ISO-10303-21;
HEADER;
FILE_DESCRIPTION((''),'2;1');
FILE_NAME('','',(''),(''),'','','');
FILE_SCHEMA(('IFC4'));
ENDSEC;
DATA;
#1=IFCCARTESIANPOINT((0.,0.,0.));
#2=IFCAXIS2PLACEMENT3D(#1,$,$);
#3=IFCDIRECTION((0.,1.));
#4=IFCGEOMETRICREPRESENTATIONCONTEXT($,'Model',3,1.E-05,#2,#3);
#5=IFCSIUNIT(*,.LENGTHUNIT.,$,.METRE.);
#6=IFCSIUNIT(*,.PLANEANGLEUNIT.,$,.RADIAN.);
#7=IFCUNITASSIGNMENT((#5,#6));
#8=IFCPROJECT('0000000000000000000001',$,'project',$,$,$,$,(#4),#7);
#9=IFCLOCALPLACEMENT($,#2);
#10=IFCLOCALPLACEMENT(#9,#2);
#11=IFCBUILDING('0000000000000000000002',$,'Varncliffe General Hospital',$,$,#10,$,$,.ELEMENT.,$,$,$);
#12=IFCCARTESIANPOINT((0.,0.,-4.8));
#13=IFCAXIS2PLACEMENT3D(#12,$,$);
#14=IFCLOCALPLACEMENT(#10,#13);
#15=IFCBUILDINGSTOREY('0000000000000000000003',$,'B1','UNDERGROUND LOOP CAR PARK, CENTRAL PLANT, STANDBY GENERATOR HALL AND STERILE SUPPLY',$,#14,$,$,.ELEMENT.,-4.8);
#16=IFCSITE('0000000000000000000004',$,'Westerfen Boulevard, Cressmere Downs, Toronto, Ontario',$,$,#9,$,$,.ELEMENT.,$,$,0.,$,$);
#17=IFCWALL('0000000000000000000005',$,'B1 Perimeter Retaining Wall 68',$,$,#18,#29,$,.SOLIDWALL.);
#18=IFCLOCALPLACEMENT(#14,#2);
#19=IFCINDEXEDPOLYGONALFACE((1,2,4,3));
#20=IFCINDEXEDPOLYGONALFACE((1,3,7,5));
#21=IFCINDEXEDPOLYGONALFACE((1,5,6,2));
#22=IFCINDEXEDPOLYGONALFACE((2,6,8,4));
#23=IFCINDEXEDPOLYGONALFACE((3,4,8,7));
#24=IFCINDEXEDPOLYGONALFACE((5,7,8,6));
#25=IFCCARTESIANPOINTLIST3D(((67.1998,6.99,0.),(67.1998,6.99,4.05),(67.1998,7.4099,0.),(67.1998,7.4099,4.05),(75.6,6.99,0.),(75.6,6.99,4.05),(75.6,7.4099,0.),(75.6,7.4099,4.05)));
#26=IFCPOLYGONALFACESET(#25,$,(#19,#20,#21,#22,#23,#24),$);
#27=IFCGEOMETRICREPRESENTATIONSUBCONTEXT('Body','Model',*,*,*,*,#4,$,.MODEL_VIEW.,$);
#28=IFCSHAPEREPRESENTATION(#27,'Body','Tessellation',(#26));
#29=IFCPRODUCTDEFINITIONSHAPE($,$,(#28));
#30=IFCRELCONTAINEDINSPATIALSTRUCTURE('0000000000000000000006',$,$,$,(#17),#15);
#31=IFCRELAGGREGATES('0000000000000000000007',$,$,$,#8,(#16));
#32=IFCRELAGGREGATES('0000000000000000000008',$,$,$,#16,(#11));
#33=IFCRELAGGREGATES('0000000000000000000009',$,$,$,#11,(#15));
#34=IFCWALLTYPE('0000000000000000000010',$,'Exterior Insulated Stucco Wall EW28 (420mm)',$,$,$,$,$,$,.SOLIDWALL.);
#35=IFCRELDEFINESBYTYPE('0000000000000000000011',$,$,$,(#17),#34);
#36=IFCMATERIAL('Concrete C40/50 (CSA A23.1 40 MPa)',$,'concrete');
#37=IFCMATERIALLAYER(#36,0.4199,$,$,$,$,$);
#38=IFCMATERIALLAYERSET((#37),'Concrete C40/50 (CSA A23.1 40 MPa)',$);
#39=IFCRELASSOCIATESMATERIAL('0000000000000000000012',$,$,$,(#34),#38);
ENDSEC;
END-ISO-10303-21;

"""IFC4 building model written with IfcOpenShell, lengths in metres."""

from ifc_helpers import new_model, si_unit, direction, frame, frame_2d, origin, place, context, subcontext, project, spatial, rectangle, extrude, material, layer, layer_set, type_object, element, save


model = new_model("IFC4")

# Units and contexts
model_context = context("Model", 3, precision=1e-05, world=origin(), true_north=direction((0.0, 1.0)))
body_context = subcontext(model_context, "Body", "Model", "MODEL_VIEW")
ifc_project = project(units=[si_unit("LENGTHUNIT", "METRE"), si_unit("PLANEANGLEUNIT", "RADIAN")], contexts=[model_context])

# Site, building, storey
site_placement = place(None, origin())
site = spatial("IfcSite", under=ifc_project, at=site_placement, Name="Westerfen Boulevard, Cressmere Downs, Toronto, Ontario", CompositionType="ELEMENT", RefElevation=0.0)
building_placement = place(site_placement, origin())
building = spatial("IfcBuilding", under=site, at=building_placement, Name="Varncliffe General Hospital", CompositionType="ELEMENT")
storey_placement = place(building_placement, frame((0.0, 0.0, -4.8)))
storey = spatial("IfcBuildingStorey", under=building, at=storey_placement, Name="B1", Description="UNDERGROUND LOOP CAR PARK, CENTRAL PLANT, STANDBY GENERATOR HALL AND STERILE SUPPLY", CompositionType="ELEMENT", Elevation=-4.8)

# Shared definitions
ifc_material_1 = material(Name="Concrete C40/50 (CSA A23.1 40 MPa)", Category="concrete")

# Wall
ifc_layer = layer(ifc_material_1, 0.4199)
ifc_layer_set = layer_set([ifc_layer], Name="Concrete C40/50 (CSA A23.1 40 MPa)")
wall_type = type_object("IfcWallType", Name="Exterior Insulated Stucco Wall EW28 (420mm)", PredefinedType="SOLIDWALL", material=ifc_layer_set)
wall_1_placement = place(storey_placement, frame((75.6001, 7.2, 0.0), z_axis=(0.0, 0.0, 1.0), x_axis=(-1.0, 0.0, 0.0)))
element("IfcWall", 1, at=wall_1_placement, inside=storey, type_object=wall_type, Name="B1 Perimeter Retaining Wall 68", PredefinedType="SOLIDWALL", context=body_context, shape_type="SweptSolid", body=[
    extrude(rectangle(XDim=8.4001, YDim=0.4199, at=frame_2d((4.2002, 0.0))), origin(), (0.0, 0.0, 1.0), 4.05),
])

save(model, "model.ifc")
